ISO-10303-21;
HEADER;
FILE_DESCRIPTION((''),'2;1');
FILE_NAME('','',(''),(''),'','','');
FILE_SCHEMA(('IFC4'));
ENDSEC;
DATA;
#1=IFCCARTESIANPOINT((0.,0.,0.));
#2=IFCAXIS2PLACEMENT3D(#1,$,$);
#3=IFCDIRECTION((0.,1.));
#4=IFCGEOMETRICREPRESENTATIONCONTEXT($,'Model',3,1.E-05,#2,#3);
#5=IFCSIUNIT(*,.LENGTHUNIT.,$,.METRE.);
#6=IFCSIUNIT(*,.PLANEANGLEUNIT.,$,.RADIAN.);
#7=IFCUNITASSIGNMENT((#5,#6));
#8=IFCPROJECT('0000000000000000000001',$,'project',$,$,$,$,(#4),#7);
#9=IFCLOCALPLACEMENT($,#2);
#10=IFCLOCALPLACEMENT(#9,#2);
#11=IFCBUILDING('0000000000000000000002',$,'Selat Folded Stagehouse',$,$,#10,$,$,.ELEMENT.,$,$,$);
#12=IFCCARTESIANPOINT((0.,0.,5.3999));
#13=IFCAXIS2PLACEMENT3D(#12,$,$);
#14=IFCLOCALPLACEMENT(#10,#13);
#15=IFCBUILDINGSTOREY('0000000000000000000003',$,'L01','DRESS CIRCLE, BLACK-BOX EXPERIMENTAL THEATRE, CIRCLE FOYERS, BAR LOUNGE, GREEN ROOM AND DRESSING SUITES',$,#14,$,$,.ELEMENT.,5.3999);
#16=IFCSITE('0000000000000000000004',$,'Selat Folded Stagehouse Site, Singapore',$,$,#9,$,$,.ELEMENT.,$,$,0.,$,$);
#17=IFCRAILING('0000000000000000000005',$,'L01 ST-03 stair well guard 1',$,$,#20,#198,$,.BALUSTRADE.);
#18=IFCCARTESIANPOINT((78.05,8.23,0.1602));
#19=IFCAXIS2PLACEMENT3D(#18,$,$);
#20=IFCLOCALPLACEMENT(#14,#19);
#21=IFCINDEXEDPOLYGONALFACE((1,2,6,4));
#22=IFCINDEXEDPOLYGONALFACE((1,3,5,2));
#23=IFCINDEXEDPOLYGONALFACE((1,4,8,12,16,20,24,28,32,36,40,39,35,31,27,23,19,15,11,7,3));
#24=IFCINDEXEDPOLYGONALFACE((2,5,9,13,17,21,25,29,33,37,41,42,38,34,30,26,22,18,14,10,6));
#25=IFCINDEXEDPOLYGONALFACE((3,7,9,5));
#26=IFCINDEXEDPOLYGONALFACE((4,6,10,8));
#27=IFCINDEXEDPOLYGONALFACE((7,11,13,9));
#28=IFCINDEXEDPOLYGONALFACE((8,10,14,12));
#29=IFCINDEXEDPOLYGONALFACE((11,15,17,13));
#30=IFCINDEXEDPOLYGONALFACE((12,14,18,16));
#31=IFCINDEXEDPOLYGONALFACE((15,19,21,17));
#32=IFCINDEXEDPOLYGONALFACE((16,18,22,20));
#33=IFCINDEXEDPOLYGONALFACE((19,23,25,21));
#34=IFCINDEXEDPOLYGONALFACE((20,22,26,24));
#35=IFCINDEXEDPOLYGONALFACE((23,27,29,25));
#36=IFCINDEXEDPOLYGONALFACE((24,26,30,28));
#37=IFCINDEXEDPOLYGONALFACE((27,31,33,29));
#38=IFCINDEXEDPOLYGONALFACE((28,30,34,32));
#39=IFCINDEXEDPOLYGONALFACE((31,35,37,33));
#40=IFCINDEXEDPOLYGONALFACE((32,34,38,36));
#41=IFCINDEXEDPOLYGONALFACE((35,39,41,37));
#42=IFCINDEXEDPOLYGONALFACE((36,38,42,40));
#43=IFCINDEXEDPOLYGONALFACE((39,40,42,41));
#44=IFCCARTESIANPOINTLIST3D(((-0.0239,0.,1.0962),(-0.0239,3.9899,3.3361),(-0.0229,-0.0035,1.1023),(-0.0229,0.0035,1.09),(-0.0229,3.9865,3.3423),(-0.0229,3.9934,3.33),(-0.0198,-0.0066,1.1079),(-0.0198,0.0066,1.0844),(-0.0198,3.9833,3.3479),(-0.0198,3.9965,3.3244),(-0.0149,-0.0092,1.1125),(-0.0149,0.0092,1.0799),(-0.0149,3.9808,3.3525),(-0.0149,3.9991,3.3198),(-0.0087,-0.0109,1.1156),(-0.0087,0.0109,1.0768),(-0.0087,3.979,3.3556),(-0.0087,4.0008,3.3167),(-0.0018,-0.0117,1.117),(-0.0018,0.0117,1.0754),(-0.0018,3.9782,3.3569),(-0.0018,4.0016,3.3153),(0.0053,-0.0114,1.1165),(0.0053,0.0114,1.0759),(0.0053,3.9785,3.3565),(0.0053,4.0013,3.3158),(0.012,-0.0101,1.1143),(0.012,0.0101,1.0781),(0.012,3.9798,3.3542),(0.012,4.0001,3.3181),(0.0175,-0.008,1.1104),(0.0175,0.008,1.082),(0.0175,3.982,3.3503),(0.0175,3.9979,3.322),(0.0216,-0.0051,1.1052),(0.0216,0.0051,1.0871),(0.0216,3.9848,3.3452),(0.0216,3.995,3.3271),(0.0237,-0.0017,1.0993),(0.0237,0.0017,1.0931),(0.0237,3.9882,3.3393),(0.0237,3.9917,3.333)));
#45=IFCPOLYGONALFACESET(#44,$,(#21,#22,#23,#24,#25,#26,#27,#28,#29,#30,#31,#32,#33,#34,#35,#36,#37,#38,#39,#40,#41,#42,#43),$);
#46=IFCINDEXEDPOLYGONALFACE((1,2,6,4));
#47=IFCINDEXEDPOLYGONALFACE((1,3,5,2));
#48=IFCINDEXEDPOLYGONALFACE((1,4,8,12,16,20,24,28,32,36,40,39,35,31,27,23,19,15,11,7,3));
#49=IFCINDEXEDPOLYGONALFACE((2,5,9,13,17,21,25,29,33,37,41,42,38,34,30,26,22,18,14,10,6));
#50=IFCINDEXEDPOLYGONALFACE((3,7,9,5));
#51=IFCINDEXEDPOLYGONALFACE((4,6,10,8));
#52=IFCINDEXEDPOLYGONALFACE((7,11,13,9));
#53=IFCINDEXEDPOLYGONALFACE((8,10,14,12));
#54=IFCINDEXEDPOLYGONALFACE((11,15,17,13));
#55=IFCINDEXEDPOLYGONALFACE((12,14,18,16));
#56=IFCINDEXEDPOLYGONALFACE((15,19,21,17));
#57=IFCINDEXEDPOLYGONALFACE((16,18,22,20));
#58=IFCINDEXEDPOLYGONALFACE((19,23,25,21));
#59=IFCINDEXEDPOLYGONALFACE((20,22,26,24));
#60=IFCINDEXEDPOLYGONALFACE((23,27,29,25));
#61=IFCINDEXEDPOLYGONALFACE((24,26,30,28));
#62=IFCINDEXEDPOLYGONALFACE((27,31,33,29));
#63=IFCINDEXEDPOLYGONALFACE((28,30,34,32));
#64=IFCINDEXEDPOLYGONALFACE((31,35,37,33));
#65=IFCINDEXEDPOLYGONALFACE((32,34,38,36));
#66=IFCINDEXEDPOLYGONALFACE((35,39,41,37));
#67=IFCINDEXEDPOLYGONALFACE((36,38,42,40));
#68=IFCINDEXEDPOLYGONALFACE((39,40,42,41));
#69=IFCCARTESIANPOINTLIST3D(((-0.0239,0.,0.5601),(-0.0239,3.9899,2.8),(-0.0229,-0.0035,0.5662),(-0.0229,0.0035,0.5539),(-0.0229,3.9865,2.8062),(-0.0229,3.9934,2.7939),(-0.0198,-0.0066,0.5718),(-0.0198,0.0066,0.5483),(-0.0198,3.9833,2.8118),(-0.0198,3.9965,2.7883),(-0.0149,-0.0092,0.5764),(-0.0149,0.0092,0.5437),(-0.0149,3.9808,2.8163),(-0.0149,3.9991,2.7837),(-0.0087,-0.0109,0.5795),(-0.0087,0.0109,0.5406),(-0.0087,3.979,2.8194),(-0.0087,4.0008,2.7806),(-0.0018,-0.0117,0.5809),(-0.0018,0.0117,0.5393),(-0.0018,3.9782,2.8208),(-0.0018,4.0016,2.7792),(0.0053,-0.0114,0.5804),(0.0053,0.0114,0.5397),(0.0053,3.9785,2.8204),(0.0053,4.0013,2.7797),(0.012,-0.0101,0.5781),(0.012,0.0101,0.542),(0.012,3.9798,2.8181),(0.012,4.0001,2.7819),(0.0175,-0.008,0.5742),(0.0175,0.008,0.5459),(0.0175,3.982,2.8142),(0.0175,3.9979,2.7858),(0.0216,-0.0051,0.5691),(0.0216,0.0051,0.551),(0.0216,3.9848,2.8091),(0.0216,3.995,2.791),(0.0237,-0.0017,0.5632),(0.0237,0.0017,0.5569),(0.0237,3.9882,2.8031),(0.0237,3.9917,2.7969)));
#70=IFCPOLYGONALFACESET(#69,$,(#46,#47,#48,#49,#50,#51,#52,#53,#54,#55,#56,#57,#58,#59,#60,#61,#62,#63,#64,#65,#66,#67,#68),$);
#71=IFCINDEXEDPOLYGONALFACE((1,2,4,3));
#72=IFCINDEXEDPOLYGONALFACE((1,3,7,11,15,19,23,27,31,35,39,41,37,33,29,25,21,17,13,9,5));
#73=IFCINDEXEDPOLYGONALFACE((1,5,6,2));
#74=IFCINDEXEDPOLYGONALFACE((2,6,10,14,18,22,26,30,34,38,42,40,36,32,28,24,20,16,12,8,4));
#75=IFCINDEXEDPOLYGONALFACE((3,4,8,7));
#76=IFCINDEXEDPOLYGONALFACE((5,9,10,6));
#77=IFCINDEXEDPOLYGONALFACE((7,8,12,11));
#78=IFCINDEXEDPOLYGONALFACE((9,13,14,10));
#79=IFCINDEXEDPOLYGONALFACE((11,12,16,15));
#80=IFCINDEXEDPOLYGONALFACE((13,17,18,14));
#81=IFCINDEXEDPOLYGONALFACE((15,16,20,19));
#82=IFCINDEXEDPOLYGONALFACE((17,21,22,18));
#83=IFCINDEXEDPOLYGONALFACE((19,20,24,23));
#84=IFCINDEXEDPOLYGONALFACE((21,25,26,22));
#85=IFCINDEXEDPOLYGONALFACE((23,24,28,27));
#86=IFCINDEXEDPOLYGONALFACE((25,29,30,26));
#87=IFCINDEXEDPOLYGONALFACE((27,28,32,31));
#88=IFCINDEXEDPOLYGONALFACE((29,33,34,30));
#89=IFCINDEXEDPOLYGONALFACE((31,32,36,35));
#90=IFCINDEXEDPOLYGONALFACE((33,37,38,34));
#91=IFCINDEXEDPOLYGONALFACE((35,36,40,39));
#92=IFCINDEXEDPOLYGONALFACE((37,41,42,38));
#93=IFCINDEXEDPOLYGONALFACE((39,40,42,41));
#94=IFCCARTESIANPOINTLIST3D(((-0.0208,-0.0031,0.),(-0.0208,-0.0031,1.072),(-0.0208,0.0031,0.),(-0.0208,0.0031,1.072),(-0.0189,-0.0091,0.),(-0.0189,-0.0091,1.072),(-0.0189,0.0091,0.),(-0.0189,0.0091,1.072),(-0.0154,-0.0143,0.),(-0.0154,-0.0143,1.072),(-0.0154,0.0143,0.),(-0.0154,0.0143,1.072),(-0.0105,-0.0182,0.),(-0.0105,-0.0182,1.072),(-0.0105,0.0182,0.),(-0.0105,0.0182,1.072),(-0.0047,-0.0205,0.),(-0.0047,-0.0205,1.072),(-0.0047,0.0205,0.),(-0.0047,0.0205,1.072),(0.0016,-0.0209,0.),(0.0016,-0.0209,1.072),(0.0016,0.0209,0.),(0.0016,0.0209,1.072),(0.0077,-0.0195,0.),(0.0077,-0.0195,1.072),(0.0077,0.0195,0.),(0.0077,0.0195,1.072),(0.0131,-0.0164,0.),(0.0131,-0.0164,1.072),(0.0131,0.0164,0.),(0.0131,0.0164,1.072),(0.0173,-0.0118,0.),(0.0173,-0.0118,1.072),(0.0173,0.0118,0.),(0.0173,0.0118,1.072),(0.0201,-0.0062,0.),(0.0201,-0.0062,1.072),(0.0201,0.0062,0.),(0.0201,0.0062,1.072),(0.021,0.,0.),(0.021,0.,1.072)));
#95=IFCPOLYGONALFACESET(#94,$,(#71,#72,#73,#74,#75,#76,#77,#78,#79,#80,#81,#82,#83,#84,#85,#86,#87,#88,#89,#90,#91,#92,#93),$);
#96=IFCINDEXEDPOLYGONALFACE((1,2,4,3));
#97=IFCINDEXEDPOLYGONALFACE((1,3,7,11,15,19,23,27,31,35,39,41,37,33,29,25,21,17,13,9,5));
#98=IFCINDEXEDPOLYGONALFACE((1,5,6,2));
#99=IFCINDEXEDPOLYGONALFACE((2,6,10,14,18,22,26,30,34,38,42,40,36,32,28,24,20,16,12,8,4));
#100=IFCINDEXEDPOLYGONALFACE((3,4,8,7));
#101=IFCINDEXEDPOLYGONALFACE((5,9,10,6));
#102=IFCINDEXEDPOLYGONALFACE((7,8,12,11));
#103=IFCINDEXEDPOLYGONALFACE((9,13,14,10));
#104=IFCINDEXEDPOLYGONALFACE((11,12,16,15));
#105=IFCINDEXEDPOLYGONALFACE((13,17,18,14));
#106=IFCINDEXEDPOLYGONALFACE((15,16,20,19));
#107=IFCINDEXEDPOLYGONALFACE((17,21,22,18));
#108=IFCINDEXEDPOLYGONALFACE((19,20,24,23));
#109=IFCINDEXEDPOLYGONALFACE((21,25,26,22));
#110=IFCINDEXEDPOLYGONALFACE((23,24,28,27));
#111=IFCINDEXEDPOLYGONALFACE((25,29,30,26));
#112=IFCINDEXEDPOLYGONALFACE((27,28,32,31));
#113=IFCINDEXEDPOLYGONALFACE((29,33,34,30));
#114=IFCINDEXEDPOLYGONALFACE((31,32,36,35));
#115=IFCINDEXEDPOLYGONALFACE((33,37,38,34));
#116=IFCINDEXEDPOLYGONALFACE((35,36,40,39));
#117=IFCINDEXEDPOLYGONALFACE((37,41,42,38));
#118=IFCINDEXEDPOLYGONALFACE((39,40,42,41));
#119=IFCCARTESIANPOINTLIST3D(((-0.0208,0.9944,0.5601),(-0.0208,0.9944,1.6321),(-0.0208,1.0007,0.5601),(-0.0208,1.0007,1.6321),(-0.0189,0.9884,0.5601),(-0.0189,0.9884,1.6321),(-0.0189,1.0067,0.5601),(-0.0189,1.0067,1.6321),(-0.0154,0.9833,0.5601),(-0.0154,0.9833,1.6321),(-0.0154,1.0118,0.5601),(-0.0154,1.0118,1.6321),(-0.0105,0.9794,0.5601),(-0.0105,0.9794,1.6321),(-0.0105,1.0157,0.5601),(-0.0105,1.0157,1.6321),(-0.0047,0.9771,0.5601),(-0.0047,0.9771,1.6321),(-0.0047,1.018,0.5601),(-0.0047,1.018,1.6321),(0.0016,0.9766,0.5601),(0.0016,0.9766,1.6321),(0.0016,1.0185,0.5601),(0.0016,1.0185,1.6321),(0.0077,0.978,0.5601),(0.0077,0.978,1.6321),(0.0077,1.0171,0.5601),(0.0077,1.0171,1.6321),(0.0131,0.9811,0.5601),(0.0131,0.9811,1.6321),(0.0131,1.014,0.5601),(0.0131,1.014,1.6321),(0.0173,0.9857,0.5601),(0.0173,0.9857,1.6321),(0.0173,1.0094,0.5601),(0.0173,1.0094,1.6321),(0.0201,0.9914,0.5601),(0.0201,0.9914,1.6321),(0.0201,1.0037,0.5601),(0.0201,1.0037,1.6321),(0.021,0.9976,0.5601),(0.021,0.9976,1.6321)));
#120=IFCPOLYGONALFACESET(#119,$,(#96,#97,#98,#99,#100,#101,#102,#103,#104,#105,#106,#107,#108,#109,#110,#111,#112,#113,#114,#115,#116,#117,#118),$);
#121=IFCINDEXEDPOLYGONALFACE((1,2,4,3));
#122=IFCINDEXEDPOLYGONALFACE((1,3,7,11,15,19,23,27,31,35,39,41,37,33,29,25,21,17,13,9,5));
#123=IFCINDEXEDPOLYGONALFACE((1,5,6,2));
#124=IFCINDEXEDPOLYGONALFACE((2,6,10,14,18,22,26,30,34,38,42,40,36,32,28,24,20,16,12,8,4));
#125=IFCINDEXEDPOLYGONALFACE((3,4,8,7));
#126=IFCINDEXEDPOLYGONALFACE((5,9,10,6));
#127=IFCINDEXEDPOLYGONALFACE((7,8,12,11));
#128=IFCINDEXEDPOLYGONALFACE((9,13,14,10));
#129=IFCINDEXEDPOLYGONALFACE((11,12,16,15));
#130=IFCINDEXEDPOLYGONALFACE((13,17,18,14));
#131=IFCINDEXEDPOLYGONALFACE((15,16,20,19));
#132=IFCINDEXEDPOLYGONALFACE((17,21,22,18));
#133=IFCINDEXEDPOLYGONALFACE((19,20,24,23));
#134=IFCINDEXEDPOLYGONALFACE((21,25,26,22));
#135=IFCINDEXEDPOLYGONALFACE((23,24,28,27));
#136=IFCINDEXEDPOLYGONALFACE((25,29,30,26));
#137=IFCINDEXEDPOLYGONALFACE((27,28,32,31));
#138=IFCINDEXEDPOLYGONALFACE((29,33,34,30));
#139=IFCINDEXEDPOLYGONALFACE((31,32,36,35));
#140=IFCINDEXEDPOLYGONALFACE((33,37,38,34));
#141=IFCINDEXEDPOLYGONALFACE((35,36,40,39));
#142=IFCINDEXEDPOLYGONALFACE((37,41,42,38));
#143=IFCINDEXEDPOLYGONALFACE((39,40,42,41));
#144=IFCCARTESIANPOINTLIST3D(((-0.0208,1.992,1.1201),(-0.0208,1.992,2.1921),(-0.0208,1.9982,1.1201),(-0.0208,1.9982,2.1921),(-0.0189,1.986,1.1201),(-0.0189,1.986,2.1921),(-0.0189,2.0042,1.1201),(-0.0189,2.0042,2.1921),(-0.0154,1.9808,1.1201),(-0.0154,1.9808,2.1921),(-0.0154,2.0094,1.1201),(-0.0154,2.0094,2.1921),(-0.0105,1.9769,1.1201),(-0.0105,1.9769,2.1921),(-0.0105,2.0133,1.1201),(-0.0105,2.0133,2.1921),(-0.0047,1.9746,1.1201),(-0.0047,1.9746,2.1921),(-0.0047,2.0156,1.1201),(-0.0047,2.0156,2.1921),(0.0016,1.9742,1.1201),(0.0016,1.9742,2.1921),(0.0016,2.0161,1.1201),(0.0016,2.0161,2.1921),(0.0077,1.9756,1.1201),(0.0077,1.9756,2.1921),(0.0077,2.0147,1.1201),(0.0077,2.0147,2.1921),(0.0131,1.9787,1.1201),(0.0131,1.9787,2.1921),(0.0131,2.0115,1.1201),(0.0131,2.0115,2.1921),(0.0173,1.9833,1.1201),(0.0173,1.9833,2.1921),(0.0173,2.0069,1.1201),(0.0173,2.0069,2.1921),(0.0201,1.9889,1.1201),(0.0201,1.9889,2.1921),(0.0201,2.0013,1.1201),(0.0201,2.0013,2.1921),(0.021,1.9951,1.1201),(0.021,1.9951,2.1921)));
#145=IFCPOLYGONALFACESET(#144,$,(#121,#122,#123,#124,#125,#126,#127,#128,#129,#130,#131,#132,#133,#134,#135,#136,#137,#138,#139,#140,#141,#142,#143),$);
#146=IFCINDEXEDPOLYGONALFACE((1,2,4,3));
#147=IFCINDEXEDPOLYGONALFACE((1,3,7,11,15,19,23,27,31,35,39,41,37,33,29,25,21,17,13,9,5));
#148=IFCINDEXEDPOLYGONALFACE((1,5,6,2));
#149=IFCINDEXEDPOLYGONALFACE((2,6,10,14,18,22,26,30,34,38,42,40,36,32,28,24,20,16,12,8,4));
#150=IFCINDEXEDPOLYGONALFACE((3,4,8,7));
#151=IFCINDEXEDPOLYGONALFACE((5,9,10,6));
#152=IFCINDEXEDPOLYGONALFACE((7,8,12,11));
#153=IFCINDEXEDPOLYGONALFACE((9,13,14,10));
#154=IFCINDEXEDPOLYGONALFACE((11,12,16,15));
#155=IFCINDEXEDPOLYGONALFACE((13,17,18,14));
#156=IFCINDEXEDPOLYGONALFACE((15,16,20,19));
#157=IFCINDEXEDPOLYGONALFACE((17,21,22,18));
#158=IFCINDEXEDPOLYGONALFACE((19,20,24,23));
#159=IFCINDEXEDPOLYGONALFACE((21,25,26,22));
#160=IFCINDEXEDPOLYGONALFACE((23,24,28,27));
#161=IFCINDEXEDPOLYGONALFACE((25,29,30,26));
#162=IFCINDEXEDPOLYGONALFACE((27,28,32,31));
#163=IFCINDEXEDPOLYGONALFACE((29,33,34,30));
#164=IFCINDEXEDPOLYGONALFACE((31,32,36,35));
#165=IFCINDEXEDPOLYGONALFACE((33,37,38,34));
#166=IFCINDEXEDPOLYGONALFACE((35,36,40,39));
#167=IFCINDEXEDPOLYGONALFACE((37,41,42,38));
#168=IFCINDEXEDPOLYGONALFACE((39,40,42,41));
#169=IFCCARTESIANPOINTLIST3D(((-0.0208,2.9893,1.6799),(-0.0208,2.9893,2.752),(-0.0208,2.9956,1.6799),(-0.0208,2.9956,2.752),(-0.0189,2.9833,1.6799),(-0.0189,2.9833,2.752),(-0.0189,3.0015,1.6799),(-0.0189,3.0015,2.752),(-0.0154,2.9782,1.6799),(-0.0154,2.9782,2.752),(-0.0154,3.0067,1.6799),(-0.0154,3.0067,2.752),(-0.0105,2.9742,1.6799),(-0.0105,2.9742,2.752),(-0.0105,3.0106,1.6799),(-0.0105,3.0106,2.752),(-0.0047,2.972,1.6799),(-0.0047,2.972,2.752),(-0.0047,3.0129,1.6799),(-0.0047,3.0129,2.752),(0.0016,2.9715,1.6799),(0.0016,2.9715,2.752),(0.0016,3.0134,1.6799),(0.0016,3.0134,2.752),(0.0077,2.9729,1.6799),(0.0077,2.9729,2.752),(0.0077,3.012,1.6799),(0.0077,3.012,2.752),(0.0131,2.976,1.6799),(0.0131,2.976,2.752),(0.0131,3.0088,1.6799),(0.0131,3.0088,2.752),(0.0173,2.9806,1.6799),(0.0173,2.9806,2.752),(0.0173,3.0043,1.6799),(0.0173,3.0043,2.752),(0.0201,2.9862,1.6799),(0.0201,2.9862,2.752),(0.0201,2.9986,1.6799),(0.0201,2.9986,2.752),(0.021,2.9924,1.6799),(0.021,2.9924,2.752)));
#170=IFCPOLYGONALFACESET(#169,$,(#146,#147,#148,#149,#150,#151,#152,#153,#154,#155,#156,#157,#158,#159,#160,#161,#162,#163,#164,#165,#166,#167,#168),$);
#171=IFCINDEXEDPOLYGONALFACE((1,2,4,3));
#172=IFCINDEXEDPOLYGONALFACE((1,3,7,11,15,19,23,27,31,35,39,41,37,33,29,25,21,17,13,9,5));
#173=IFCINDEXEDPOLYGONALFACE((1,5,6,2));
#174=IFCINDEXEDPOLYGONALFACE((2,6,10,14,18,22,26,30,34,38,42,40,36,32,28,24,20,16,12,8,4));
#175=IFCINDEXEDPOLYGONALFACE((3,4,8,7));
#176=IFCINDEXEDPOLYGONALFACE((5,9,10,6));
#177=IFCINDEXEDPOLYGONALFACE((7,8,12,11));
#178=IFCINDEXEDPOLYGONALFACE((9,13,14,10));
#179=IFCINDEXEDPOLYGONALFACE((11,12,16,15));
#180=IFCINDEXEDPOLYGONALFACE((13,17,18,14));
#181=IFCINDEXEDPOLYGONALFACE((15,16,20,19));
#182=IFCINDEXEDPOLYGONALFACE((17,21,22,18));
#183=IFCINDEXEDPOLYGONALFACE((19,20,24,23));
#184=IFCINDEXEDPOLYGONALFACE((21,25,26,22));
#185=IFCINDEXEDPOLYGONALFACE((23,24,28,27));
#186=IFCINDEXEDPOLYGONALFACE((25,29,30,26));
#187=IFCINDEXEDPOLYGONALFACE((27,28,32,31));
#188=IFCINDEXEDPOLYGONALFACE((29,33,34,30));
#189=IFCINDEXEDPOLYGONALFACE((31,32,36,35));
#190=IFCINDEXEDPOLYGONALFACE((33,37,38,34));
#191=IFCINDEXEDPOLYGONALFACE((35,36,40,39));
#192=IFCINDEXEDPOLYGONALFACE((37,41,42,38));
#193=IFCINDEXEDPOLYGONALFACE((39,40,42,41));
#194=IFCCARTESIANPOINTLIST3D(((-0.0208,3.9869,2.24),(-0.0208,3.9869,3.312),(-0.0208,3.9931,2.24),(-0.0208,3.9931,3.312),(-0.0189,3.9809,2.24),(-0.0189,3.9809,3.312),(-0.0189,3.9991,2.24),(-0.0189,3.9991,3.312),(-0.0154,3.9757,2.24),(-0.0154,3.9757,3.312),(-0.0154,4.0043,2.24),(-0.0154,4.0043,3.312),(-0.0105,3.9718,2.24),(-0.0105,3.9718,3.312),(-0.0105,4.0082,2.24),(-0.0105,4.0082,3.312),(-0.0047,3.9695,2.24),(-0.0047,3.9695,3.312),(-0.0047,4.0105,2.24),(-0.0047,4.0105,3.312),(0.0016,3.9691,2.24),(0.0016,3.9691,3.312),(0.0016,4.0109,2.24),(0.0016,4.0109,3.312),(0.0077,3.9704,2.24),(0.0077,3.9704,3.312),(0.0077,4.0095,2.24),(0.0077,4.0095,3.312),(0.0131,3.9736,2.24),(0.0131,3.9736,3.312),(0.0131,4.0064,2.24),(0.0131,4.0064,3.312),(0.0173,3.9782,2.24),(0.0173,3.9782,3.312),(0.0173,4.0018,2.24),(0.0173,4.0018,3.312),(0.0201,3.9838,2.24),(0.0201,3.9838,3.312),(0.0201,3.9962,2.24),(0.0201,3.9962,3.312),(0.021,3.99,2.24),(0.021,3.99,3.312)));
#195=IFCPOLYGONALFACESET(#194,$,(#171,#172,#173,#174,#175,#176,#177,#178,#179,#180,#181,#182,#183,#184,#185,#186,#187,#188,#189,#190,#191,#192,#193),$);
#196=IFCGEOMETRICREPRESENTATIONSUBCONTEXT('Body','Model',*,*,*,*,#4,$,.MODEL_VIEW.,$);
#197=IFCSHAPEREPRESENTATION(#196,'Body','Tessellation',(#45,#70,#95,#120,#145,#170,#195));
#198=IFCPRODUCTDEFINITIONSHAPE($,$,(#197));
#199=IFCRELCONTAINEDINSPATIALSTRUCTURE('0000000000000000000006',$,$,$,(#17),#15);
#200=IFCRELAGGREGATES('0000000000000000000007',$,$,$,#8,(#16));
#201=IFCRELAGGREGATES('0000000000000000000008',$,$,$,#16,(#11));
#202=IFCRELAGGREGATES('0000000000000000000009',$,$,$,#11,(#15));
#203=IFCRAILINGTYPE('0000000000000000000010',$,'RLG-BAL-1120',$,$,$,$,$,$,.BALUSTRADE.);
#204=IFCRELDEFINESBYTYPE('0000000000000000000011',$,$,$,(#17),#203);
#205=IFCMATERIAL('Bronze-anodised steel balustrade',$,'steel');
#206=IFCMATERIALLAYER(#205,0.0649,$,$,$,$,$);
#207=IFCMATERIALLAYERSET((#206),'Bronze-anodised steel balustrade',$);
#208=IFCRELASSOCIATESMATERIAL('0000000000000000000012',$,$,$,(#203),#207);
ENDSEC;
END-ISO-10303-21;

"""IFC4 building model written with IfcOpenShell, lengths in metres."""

from ifc_helpers import new_model, si_unit, direction, frame, origin, origin_2d, place, context, subcontext, project, spatial, circle, extrude, material, layer, layer_set, type_object, element, save


model = new_model("IFC4")

# Units and contexts
model_context = context("Model", 3, precision=1e-05, world=origin(), true_north=direction((0.0, 1.0)))
body_context = subcontext(model_context, "Body", "Model", "MODEL_VIEW")
ifc_project = project(units=[si_unit("LENGTHUNIT", "METRE"), si_unit("PLANEANGLEUNIT", "RADIAN")], contexts=[model_context])

# Site, building, storey
site_placement = place(None, origin())
site = spatial("IfcSite", under=ifc_project, at=site_placement, Name="Selat Folded Stagehouse Site, Singapore", CompositionType="ELEMENT", RefElevation=0.0)
building_placement = place(site_placement, origin())
building = spatial("IfcBuilding", under=site, at=building_placement, Name="Selat Folded Stagehouse", CompositionType="ELEMENT")
storey_placement = place(building_placement, frame((0.0, 0.0, 5.3999)))
storey = spatial("IfcBuildingStorey", under=building, at=storey_placement, Name="L01", Description="DRESS CIRCLE, BLACK-BOX EXPERIMENTAL THEATRE, CIRCLE FOYERS, BAR LOUNGE, GREEN ROOM AND DRESSING SUITES", CompositionType="ELEMENT", Elevation=5.3999)

# Railing
ifc_material_1 = material(Name="Bronze-anodised steel balustrade", Category="steel")
ifc_layer_1 = layer(ifc_material_1, 0.0649)
ifc_layer_set_1 = layer_set([ifc_layer_1], Name="Bronze-anodised steel balustrade")
railing_type_1 = type_object("IfcRailingType", Name="RLG-BAL-1120", PredefinedType="BALUSTRADE", material=ifc_layer_set_1)
railing_1_placement = place(storey_placement, frame((78.05, 8.23, 0.1602)))
element("IfcRailing", 1, at=railing_1_placement, inside=storey, type_object=railing_type_1, Name="L01 ST-03 stair well guard 1", PredefinedType="BALUSTRADE", context=body_context, shape_type="SweptSolid", body=[
    extrude(circle(Radius=0.0239, at=origin_2d()), frame((0.0, 0.0, 1.0962), z_axis=(0.0, 0.871984, 0.489534), x_axis=(-1.0, 0.0, 0.0)), (0.0, 0.0, 1.0), 4.5757),
    extrude(circle(Radius=0.0239, at=origin_2d()), frame((0.0, 0.0, 0.5601), z_axis=(0.0, 0.871984, 0.489534), x_axis=(-1.0, 0.0, 0.0)), (0.0, 0.0, 1.0), 4.5757),
    extrude(circle(Radius=0.021, at=origin_2d()), origin(), (0.0, 0.0, 1.0), 1.072),
    extrude(circle(Radius=0.021, at=origin_2d()), frame((0.0, 0.9976, 0.5601)), (0.0, 0.0, 1.0), 1.072),
    extrude(circle(Radius=0.021, at=origin_2d()), frame((0.0, 1.9951, 1.1201)), (0.0, 0.0, 1.0), 1.072),
    extrude(circle(Radius=0.021, at=origin_2d()), frame((0.0, 2.9924, 1.6799)), (0.0, 0.0, 1.0), 1.072),
    extrude(circle(Radius=0.021, at=origin_2d()), frame((0.0, 3.99, 2.24)), (0.0, 0.0, 1.0), 1.072),
])

save(model, "model.ifc")
